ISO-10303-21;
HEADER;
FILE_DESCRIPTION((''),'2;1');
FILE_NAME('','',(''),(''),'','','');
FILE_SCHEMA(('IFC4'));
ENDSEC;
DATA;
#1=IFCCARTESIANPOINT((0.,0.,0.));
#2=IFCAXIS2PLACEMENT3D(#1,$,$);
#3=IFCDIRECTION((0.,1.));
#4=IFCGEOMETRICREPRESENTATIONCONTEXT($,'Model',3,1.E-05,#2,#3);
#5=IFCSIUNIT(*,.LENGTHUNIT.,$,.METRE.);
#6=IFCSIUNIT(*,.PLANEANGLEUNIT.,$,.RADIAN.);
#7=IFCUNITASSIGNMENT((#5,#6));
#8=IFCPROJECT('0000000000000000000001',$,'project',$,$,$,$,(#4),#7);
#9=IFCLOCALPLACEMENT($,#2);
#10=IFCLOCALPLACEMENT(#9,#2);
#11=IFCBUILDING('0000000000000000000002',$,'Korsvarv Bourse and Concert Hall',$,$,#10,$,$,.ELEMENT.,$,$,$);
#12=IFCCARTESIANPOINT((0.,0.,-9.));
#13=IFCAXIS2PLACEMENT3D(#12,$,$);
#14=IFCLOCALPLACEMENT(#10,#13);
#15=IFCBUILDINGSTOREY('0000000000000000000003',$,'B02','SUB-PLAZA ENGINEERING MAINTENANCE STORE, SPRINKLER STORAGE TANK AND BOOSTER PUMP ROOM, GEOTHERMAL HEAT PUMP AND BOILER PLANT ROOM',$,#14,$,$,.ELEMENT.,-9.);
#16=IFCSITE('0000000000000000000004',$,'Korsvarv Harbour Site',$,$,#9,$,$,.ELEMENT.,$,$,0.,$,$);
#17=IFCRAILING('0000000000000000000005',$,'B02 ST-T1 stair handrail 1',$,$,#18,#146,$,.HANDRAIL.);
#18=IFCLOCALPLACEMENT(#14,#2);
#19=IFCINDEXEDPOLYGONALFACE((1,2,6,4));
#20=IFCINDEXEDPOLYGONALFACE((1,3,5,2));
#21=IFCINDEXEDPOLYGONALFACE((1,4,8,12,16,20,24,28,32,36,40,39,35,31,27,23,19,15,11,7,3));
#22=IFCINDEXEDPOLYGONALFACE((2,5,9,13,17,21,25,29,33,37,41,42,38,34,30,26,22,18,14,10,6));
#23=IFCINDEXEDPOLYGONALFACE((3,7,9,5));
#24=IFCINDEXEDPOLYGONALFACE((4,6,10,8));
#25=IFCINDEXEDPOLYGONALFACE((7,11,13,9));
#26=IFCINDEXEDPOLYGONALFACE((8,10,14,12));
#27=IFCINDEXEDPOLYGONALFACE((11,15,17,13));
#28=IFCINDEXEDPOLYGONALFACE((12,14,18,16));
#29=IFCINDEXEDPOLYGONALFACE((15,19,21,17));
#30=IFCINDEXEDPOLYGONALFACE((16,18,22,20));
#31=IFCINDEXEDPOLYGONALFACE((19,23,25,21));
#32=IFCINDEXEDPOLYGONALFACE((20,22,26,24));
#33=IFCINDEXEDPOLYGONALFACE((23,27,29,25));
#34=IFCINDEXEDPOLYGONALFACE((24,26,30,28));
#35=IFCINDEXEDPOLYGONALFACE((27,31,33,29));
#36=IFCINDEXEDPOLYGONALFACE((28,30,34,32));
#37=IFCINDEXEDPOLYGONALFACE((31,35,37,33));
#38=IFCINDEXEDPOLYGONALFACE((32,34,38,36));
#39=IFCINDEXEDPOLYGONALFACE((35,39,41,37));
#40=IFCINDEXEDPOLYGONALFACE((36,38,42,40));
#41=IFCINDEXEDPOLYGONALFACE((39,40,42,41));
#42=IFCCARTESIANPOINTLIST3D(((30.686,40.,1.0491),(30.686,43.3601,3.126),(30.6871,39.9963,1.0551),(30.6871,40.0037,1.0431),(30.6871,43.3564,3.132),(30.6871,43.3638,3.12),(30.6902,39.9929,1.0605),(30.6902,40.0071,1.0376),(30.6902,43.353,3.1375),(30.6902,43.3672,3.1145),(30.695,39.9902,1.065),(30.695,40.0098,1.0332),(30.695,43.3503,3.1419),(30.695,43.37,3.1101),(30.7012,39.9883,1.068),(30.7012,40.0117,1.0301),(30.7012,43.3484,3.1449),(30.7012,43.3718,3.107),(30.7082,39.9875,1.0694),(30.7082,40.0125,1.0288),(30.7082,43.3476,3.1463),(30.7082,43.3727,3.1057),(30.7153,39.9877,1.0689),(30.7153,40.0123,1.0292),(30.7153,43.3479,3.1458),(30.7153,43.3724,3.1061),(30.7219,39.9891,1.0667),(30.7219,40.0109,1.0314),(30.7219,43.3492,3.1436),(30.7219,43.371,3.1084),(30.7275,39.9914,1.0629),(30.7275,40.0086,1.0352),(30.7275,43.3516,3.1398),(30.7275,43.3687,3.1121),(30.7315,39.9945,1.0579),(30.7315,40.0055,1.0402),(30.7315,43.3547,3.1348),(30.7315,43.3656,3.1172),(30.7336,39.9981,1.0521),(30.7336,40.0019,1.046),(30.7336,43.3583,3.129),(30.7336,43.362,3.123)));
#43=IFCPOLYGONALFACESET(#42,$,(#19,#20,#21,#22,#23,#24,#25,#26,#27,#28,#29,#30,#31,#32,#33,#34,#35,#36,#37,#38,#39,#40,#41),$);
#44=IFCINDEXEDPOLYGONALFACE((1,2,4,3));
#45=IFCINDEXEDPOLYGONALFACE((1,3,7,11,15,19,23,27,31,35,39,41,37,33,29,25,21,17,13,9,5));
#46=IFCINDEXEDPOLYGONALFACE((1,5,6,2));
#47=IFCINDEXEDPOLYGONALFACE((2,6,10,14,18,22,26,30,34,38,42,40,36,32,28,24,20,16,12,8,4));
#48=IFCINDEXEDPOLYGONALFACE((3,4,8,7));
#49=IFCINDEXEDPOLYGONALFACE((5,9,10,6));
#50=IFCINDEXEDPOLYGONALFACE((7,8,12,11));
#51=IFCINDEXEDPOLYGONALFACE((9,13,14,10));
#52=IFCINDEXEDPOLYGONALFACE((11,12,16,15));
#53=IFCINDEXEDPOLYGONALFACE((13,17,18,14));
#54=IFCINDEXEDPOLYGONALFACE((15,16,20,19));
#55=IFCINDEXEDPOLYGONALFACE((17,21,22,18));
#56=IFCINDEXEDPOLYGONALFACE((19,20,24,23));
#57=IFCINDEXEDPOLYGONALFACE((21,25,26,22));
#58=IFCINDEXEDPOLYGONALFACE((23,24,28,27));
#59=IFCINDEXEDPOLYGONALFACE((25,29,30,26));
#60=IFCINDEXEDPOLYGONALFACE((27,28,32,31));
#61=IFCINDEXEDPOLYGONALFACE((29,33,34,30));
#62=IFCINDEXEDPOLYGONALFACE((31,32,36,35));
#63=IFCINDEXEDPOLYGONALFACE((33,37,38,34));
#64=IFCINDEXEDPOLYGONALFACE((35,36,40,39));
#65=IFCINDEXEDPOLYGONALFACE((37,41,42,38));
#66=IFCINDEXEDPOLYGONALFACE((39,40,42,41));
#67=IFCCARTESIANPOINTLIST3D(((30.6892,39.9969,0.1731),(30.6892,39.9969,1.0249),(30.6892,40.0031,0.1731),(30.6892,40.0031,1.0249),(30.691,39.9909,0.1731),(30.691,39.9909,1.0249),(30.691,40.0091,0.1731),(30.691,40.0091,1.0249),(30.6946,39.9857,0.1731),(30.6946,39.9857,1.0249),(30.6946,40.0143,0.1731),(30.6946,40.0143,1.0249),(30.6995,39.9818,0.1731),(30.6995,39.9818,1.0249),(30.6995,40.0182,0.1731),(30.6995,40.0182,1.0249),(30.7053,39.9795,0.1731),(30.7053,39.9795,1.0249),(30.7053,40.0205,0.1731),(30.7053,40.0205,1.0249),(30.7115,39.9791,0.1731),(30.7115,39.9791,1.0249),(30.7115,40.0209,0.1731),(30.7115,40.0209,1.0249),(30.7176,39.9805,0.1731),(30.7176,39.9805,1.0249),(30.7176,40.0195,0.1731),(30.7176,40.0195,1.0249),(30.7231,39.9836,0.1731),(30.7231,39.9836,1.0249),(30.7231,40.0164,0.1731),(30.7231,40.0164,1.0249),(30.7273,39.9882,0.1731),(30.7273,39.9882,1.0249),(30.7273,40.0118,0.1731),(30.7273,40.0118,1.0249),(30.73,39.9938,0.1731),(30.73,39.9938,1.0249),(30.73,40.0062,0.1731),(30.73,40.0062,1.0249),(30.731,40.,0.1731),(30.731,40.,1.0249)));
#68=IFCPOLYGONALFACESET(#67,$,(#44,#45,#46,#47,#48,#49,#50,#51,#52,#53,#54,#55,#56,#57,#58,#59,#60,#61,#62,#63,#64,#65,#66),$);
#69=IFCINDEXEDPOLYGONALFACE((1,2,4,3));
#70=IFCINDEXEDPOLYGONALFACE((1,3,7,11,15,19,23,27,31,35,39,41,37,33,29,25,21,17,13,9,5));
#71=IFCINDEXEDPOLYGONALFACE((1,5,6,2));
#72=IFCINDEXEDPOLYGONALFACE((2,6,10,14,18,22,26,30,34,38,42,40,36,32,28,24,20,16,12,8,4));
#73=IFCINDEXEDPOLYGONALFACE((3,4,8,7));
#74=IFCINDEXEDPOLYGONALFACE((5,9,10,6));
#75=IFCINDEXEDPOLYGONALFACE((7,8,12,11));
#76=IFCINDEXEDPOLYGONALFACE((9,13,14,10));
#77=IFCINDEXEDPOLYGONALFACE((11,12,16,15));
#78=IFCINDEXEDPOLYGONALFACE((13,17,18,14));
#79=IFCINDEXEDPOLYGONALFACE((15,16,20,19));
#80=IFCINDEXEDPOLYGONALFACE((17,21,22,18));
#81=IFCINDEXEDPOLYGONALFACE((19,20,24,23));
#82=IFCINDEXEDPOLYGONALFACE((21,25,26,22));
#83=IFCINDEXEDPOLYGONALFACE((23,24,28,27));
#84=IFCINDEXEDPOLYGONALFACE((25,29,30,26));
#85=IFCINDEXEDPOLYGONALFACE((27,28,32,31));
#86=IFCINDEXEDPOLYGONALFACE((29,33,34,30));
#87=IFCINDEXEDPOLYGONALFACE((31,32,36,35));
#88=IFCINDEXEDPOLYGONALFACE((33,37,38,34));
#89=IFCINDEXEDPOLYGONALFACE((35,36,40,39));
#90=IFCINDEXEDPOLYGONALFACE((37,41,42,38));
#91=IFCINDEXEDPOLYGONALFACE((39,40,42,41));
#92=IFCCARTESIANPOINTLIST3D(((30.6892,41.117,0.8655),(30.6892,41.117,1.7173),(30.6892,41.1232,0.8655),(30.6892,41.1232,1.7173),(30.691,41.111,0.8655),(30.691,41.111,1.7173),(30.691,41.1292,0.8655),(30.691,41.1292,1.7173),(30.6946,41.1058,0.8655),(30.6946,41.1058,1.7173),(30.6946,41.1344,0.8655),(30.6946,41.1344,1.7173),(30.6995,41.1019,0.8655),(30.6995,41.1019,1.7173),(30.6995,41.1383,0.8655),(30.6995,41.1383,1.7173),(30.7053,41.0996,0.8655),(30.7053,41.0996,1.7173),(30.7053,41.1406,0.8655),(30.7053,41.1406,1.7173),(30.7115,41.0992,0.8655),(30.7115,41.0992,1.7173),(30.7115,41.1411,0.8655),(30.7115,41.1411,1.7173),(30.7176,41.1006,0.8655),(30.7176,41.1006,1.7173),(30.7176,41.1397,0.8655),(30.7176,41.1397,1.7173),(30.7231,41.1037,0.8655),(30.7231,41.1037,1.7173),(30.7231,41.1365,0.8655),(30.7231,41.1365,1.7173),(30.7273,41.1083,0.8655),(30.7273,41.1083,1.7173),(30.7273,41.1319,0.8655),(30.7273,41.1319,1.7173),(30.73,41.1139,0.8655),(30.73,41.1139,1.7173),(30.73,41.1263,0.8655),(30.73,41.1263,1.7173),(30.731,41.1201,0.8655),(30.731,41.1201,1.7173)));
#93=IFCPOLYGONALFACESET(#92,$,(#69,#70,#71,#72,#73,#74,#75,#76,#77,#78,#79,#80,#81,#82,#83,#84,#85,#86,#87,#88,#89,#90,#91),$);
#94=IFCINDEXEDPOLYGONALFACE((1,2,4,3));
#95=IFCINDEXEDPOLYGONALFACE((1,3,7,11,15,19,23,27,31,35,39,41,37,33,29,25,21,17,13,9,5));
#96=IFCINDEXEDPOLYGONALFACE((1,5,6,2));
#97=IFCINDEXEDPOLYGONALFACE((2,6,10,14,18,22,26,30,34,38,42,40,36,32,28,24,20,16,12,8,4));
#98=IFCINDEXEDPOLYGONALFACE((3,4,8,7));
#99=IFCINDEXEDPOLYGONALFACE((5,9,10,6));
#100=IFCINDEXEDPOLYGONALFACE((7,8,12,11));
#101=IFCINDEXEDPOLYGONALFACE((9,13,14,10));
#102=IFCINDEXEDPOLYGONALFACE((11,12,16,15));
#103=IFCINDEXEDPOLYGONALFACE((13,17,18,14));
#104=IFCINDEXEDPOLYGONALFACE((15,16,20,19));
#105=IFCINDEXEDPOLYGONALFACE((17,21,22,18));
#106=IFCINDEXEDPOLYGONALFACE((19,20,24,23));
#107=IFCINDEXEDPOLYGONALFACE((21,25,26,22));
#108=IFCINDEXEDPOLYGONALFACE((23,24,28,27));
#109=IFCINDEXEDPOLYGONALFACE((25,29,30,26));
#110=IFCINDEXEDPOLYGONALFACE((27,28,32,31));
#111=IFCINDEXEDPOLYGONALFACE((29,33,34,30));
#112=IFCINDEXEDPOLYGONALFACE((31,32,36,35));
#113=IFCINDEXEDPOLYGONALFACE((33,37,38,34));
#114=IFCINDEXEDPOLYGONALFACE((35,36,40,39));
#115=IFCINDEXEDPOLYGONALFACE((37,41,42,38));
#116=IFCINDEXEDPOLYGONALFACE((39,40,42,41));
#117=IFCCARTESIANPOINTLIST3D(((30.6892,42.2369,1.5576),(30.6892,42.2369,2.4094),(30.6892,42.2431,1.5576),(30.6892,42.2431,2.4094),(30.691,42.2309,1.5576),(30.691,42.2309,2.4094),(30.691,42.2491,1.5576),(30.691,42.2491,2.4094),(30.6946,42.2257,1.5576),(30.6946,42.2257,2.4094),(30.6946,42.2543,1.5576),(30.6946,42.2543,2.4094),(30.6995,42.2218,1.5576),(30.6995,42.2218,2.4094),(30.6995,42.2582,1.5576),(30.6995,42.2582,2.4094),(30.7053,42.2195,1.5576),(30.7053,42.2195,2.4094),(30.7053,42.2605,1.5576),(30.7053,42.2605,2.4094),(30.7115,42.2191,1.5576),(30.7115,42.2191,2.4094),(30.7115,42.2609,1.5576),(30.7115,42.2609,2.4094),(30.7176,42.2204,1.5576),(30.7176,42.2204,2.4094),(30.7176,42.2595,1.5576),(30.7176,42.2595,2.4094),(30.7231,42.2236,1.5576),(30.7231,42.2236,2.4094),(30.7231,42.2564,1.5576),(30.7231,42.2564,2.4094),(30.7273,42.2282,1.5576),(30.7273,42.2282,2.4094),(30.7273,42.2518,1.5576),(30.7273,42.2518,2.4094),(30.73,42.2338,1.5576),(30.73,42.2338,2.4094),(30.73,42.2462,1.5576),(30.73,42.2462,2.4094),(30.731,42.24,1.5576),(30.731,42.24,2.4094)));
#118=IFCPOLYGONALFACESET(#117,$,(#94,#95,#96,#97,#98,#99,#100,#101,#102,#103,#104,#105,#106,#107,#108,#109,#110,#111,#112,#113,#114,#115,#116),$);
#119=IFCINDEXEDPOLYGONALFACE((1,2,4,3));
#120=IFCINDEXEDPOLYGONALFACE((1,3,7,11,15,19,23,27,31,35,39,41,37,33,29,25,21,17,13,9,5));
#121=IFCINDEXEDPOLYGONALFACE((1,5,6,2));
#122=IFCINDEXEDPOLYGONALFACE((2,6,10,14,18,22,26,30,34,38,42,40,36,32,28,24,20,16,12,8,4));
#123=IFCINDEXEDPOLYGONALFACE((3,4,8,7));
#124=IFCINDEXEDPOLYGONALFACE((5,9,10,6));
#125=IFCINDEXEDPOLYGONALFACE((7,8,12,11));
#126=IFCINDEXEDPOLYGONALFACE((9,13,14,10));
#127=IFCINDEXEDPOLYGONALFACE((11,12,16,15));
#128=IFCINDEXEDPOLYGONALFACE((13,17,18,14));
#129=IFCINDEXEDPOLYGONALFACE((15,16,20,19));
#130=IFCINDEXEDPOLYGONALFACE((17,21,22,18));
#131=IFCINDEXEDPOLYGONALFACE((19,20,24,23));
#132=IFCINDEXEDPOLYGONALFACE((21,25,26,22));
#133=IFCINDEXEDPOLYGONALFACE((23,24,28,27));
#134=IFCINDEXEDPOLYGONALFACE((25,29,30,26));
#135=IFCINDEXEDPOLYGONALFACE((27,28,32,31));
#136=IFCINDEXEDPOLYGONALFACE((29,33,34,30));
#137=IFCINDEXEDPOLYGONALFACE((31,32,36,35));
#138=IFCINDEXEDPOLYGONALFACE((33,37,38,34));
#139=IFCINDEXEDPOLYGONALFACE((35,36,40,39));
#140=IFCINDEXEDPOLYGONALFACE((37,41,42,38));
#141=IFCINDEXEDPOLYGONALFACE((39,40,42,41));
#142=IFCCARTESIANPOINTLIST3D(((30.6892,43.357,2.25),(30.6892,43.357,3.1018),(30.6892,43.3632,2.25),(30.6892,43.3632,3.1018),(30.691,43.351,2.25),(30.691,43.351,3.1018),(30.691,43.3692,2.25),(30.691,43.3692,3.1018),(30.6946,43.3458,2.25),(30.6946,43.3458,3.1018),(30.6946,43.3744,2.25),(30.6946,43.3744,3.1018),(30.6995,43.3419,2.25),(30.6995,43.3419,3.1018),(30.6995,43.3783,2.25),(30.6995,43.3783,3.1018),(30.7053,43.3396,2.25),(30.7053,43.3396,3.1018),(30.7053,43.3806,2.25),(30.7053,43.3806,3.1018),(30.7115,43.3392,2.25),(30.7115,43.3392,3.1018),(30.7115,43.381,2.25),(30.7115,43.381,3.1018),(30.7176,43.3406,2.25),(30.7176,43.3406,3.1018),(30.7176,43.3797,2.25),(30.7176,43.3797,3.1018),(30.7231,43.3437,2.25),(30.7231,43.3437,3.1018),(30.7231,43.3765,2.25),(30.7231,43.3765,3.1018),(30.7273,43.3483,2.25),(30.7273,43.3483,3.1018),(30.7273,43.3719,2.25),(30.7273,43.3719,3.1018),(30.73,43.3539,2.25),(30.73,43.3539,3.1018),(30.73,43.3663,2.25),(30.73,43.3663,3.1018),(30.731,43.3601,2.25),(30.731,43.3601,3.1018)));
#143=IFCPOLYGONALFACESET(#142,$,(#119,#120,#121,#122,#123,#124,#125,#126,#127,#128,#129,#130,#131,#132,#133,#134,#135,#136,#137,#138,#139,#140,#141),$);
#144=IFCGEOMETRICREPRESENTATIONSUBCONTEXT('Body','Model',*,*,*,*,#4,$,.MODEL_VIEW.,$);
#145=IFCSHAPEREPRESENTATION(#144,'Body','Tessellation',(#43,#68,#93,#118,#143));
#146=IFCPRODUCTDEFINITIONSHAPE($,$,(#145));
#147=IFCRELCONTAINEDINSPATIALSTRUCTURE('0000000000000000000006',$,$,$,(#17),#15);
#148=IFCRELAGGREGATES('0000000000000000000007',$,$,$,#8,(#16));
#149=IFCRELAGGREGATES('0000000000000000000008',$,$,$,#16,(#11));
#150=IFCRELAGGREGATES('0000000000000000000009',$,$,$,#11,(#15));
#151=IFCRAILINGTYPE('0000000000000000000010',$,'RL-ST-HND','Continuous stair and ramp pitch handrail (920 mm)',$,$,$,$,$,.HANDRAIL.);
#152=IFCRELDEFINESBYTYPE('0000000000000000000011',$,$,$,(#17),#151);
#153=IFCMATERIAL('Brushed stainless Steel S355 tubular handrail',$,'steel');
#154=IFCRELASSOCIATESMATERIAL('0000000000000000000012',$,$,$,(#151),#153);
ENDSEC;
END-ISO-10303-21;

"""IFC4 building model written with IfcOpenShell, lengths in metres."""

from ifc_helpers import new_model, si_unit, direction, frame, origin, origin_2d, place, context, subcontext, project, spatial, circle, extrude, material, type_object, element, save


model = new_model("IFC4")

# Units and contexts
model_context = context("Model", 3, precision=1e-05, world=origin(), true_north=direction((0.0, 1.0)))
body_context = subcontext(model_context, "Body", "Model", "MODEL_VIEW")
ifc_project = project(units=[si_unit("LENGTHUNIT", "METRE"), si_unit("PLANEANGLEUNIT", "RADIAN")], contexts=[model_context])

# Site, building, storey
site_placement = place(None, origin())
site = spatial("IfcSite", under=ifc_project, at=site_placement, Name="Korsvarv Harbour Site", CompositionType="ELEMENT", RefElevation=0.0)
building_placement = place(site_placement, origin())
building = spatial("IfcBuilding", under=site, at=building_placement, Name="Korsvarv Bourse and Concert Hall", CompositionType="ELEMENT")
storey_placement = place(building_placement, frame((0.0, 0.0, -9.0)))
storey = spatial("IfcBuildingStorey", under=building, at=storey_placement, Name="B02", Description="SUB-PLAZA ENGINEERING MAINTENANCE STORE, SPRINKLER STORAGE TANK AND BOOSTER PUMP ROOM, GEOTHERMAL HEAT PUMP AND BOILER PLANT ROOM", CompositionType="ELEMENT", Elevation=-9.0)

# Railing
ifc_material_1 = material(Name="Brushed stainless Steel S355 tubular handrail", Category="steel")
railing_type_1 = type_object("IfcRailingType", Name="RL-ST-HND", Description="Continuous stair and ramp pitch handrail (920 mm)", PredefinedType="HANDRAIL", material=ifc_material_1)
for number, where, name in (
    (1, (30.71, 40.0, 0.1731), "B02 ST-T1 stair handrail 1"),
):
    element("IfcRailing", number, at=place(storey_placement, frame(where)), inside=storey, type_object=railing_type_1, Name=name, PredefinedType="HANDRAIL", context=body_context, shape_type="SweptSolid", body=[
        extrude(circle(Radius=0.0239, at=origin_2d()), frame((0.0, 0.0, 0.876), z_axis=(0.0, 0.850623, 0.525776), x_axis=(-1.0, 0.0, 0.0)), (0.0, 0.0, 1.0), 3.9502),
        extrude(circle(Radius=0.021, at=origin_2d()), origin(), (0.0, 0.0, 1.0), 0.8518),
        extrude(circle(Radius=0.021, at=origin_2d()), frame((0.0, 1.1201, 0.6924)), (0.0, 0.0, 1.0), 0.8518),
        extrude(circle(Radius=0.021, at=origin_2d()), frame((0.0, 2.24, 1.3845)), (0.0, 0.0, 1.0), 0.8518),
        extrude(circle(Radius=0.021, at=origin_2d()), frame((0.0, 3.3601, 2.0769)), (0.0, 0.0, 1.0), 0.8518),
    ])

save(model, "model.ifc")
